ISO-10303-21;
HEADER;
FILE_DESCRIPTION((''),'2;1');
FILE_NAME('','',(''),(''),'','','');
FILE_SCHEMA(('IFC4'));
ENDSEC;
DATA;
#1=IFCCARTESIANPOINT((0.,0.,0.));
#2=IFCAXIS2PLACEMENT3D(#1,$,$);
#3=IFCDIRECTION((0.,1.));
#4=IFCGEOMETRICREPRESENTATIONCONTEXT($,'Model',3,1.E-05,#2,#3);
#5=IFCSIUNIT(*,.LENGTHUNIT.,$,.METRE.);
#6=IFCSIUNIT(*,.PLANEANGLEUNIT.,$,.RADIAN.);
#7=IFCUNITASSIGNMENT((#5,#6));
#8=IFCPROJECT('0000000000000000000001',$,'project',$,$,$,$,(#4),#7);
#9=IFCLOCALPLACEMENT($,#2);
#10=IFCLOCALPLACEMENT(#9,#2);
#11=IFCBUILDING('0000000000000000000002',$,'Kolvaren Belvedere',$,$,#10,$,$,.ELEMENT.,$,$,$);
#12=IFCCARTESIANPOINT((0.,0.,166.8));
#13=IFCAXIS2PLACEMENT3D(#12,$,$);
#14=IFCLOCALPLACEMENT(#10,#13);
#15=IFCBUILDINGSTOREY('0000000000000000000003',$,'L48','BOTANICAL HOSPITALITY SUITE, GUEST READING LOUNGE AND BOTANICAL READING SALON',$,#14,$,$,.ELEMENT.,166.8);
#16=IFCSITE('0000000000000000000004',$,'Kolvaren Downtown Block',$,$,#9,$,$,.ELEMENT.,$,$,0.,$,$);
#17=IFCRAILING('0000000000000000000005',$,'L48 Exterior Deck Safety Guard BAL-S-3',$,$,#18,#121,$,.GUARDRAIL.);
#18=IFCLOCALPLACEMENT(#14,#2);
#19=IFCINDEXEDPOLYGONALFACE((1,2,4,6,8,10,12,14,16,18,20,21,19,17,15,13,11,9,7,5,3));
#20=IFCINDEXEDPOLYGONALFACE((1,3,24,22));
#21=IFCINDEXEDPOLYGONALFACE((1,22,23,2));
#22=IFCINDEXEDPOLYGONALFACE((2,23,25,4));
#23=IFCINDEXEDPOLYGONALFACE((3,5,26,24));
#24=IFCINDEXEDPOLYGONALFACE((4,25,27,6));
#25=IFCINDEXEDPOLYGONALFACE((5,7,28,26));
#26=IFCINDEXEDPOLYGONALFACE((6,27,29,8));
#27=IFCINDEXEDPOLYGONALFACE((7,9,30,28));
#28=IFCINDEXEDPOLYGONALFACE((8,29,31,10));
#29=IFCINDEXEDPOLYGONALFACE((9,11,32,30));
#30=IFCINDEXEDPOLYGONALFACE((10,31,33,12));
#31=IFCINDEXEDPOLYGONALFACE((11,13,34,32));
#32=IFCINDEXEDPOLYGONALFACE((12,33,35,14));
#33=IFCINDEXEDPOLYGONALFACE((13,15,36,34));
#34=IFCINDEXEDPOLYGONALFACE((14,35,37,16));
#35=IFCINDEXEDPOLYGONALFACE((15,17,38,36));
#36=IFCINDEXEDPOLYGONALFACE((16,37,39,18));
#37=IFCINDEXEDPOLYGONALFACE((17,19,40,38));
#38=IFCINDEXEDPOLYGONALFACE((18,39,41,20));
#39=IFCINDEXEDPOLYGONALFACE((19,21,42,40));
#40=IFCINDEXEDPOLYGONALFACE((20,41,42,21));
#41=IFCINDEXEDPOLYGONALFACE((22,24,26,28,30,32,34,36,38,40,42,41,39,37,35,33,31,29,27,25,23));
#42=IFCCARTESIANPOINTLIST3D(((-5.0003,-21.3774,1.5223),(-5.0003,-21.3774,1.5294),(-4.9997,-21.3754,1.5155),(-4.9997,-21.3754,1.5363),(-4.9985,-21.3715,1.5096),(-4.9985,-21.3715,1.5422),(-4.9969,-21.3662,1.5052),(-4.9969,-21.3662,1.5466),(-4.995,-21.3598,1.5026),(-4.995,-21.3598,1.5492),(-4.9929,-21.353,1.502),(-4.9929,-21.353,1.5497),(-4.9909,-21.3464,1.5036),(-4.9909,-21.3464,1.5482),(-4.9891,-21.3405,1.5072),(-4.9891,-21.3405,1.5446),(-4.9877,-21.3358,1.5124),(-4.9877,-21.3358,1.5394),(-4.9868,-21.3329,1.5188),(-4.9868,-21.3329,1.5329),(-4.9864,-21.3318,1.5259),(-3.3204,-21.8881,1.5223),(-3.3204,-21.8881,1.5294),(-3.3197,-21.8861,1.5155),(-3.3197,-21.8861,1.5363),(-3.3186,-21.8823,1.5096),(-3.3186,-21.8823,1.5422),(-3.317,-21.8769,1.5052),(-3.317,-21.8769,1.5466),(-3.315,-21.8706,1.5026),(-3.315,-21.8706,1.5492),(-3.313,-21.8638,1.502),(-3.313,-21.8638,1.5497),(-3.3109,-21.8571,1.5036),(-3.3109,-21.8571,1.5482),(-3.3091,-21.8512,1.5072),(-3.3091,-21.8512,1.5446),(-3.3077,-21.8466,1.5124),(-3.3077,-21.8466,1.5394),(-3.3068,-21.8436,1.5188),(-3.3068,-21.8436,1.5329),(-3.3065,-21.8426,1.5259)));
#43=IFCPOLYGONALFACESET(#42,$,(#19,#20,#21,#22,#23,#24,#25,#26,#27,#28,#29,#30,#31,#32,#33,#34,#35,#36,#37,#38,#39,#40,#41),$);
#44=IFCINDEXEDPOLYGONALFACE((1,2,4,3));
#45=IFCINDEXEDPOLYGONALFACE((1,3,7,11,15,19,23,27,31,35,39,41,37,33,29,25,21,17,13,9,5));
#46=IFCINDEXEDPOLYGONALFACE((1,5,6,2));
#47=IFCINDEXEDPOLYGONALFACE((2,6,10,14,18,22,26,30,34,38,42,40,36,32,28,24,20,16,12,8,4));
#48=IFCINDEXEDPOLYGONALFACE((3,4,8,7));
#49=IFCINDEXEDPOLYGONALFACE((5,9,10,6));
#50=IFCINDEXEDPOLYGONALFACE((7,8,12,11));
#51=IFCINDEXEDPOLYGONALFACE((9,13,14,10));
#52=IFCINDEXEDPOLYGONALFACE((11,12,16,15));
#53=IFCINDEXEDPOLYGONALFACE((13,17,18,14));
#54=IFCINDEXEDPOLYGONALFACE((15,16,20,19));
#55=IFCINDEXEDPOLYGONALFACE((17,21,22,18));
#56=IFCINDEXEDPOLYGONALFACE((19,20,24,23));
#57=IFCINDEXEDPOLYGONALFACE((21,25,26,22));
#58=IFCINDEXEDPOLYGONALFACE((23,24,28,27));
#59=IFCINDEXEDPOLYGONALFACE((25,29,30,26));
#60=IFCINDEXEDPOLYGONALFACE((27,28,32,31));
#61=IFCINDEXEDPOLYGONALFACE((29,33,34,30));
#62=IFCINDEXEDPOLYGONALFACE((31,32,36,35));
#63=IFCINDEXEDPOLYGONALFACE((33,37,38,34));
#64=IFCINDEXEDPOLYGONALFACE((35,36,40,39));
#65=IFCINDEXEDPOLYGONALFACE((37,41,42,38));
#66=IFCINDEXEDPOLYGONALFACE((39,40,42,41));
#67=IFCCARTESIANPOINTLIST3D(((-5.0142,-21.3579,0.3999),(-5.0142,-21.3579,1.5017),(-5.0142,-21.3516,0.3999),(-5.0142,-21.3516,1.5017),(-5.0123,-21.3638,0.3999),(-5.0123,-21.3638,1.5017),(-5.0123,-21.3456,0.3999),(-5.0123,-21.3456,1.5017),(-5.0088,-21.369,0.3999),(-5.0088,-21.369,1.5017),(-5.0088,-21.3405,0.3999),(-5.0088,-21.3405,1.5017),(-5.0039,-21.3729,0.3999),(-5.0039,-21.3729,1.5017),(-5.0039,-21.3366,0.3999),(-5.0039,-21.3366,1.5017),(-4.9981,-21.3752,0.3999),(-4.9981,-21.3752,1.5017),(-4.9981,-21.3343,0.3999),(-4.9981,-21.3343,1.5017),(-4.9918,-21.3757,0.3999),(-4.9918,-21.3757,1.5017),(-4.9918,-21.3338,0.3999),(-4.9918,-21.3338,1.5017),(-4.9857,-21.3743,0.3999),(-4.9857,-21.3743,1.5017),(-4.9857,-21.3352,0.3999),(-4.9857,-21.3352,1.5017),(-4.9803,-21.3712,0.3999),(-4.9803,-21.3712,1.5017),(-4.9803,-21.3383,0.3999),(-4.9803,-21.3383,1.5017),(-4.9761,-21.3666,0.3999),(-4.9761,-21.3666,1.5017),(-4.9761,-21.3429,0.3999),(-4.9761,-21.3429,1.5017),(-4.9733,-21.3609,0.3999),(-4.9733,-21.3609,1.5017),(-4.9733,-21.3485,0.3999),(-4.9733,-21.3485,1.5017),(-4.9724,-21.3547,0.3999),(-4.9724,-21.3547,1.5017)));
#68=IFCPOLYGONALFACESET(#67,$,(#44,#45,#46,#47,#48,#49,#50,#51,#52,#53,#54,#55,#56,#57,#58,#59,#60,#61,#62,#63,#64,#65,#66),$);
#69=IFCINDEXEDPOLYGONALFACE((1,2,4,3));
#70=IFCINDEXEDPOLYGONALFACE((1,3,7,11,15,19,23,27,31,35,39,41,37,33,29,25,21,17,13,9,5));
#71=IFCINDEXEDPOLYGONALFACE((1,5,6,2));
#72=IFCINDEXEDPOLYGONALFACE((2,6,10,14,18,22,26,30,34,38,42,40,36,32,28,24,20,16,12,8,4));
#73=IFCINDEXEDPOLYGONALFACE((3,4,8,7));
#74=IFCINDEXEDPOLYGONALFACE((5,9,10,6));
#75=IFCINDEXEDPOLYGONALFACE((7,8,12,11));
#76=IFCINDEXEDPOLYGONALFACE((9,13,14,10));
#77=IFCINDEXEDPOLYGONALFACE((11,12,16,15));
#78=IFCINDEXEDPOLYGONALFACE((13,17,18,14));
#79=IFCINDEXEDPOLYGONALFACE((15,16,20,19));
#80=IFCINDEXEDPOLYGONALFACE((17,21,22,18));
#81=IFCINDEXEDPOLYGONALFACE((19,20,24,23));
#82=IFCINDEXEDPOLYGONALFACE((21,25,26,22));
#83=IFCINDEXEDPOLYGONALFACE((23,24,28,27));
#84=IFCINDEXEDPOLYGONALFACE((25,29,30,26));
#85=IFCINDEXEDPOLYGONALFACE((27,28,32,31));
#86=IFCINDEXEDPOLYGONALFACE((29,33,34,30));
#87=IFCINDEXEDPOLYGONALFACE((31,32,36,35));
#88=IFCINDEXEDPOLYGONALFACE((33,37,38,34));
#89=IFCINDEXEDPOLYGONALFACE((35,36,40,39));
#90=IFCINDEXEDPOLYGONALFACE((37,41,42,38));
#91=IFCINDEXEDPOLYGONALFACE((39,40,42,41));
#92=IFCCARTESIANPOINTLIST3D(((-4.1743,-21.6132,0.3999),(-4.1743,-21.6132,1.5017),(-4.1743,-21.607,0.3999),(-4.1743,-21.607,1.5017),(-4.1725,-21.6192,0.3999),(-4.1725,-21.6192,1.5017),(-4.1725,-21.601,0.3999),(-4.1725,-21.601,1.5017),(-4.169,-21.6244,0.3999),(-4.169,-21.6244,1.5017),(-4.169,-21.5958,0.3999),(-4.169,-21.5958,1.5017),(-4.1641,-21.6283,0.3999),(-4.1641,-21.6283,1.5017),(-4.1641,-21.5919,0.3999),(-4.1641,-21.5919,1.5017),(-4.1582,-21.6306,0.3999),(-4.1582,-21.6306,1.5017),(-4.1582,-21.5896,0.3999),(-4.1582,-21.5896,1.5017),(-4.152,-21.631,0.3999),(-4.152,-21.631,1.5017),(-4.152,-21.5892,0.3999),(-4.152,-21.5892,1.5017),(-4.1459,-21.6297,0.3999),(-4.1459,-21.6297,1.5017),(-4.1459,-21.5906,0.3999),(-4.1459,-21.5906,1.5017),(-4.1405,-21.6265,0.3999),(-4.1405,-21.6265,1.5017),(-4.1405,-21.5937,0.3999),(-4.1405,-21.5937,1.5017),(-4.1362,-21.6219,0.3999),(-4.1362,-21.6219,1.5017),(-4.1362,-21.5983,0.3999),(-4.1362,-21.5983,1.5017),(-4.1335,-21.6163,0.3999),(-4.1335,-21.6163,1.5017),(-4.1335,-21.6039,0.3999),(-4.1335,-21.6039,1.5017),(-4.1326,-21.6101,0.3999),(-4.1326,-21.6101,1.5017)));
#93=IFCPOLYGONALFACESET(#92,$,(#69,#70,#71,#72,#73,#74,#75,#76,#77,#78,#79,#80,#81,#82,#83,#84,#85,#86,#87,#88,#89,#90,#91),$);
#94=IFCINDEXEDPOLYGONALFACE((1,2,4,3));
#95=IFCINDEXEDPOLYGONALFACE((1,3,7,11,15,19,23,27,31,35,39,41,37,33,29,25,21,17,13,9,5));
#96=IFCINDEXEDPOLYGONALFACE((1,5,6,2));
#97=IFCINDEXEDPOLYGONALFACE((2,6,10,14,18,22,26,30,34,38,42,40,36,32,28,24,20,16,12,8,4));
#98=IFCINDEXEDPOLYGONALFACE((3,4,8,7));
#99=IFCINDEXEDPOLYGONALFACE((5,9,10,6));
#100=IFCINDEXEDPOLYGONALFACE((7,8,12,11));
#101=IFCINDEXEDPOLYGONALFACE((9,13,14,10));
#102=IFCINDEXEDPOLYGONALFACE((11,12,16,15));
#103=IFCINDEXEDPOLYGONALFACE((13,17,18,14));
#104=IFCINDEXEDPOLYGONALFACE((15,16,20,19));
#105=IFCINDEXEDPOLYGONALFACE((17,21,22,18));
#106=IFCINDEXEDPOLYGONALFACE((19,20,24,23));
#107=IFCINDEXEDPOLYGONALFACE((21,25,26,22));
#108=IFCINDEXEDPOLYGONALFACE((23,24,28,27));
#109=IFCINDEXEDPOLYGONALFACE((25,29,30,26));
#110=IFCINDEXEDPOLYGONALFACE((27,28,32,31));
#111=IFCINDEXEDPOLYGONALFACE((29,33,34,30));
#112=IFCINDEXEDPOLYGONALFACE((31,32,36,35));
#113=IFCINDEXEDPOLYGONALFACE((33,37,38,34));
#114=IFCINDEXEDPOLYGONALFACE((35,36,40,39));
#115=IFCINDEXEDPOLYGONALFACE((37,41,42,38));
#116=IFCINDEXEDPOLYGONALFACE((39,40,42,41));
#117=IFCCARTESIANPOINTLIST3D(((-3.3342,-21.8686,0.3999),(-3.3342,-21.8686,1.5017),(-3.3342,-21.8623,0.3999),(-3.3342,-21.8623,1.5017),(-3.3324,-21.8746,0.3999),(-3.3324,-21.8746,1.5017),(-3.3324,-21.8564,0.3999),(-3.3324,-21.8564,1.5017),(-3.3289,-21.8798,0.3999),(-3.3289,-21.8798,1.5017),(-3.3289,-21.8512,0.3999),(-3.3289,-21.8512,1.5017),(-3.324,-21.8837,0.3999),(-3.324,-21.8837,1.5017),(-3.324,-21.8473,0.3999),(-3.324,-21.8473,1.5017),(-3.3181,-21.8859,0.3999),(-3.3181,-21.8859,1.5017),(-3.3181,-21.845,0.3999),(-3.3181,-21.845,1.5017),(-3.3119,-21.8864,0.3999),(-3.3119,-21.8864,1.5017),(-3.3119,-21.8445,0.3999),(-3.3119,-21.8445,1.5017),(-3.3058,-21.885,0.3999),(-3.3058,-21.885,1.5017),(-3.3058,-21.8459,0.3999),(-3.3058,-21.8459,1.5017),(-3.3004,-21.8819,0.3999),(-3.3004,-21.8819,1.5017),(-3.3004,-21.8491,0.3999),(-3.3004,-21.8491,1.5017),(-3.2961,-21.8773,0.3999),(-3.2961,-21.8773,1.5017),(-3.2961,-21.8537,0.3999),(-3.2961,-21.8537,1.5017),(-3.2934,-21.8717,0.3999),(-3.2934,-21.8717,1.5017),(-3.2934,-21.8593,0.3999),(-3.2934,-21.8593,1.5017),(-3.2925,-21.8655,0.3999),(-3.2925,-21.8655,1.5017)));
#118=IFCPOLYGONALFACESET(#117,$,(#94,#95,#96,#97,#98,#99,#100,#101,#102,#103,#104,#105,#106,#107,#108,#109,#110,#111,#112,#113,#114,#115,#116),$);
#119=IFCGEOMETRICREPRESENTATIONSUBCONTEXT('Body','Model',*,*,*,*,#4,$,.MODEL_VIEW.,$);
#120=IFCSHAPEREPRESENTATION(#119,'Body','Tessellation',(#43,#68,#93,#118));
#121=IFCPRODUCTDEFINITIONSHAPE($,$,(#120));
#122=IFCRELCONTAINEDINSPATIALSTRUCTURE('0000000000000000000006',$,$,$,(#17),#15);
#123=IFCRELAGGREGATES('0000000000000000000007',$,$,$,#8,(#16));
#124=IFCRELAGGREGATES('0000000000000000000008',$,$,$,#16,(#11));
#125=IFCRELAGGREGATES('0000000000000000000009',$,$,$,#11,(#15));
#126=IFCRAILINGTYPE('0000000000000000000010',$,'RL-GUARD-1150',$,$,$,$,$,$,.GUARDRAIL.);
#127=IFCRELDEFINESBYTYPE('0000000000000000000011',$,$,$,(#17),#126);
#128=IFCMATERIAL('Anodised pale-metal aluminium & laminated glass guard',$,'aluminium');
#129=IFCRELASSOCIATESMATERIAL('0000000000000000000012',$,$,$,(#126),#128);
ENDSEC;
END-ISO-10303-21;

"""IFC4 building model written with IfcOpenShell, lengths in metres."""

from ifc_helpers import new_model, si_unit, direction, frame, origin, origin_2d, place, context, subcontext, project, spatial, circle, extrude, material, type_object, element, save


model = new_model("IFC4")

# Units and contexts
model_context = context("Model", 3, precision=1e-05, world=origin(), true_north=direction((0.0, 1.0)))
body_context = subcontext(model_context, "Body", "Model", "MODEL_VIEW")
ifc_project = project(units=[si_unit("LENGTHUNIT", "METRE"), si_unit("PLANEANGLEUNIT", "RADIAN")], contexts=[model_context])

# Site, building, storey
site_placement = place(None, origin())
site = spatial("IfcSite", under=ifc_project, at=site_placement, Name="Kolvaren Downtown Block", CompositionType="ELEMENT", RefElevation=0.0)
building_placement = place(site_placement, origin())
building = spatial("IfcBuilding", under=site, at=building_placement, Name="Kolvaren Belvedere", CompositionType="ELEMENT")
storey_placement = place(building_placement, frame((0.0, 0.0, 166.8)))
storey = spatial("IfcBuildingStorey", under=building, at=storey_placement, Name="L48", Description="BOTANICAL HOSPITALITY SUITE, GUEST READING LOUNGE AND BOTANICAL READING SALON", CompositionType="ELEMENT", Elevation=166.8)

# Railing
ifc_material_1 = material(Name="Anodised pale-metal aluminium & laminated glass guard", Category="aluminium")
railing_type = type_object("IfcRailingType", Name="RL-GUARD-1150", PredefinedType="GUARDRAIL", material=ifc_material_1)
railing_1_placement = place(storey_placement, frame((-4.9934, -21.3547, 0.3999)))
element("IfcRailing", 1, at=railing_1_placement, inside=storey, type_object=railing_type, Name="L48 Exterior Deck Safety Guard BAL-S-3", PredefinedType="GUARDRAIL", context=body_context, shape_type="SweptSolid", body=[
    extrude(circle(Radius=0.0239, at=origin_2d()), frame((0.0, 0.0, 1.126), z_axis=(0.95676, -0.290879, 0.0), x_axis=(0.290879, 0.95676, 0.0)), (0.0, 0.0, 1.0), 1.7559),
    extrude(circle(Radius=0.021, at=origin_2d()), origin(), (0.0, 0.0, 1.0), 1.1018),
    extrude(circle(Radius=0.021, at=origin_2d()), frame((0.8398, -0.2554, 0.0)), (0.0, 0.0, 1.0), 1.1018),
    extrude(circle(Radius=0.021, at=origin_2d()), frame((1.6799, -0.5107, 0.0)), (0.0, 0.0, 1.0), 1.1018),
])

save(model, "model.ifc")
